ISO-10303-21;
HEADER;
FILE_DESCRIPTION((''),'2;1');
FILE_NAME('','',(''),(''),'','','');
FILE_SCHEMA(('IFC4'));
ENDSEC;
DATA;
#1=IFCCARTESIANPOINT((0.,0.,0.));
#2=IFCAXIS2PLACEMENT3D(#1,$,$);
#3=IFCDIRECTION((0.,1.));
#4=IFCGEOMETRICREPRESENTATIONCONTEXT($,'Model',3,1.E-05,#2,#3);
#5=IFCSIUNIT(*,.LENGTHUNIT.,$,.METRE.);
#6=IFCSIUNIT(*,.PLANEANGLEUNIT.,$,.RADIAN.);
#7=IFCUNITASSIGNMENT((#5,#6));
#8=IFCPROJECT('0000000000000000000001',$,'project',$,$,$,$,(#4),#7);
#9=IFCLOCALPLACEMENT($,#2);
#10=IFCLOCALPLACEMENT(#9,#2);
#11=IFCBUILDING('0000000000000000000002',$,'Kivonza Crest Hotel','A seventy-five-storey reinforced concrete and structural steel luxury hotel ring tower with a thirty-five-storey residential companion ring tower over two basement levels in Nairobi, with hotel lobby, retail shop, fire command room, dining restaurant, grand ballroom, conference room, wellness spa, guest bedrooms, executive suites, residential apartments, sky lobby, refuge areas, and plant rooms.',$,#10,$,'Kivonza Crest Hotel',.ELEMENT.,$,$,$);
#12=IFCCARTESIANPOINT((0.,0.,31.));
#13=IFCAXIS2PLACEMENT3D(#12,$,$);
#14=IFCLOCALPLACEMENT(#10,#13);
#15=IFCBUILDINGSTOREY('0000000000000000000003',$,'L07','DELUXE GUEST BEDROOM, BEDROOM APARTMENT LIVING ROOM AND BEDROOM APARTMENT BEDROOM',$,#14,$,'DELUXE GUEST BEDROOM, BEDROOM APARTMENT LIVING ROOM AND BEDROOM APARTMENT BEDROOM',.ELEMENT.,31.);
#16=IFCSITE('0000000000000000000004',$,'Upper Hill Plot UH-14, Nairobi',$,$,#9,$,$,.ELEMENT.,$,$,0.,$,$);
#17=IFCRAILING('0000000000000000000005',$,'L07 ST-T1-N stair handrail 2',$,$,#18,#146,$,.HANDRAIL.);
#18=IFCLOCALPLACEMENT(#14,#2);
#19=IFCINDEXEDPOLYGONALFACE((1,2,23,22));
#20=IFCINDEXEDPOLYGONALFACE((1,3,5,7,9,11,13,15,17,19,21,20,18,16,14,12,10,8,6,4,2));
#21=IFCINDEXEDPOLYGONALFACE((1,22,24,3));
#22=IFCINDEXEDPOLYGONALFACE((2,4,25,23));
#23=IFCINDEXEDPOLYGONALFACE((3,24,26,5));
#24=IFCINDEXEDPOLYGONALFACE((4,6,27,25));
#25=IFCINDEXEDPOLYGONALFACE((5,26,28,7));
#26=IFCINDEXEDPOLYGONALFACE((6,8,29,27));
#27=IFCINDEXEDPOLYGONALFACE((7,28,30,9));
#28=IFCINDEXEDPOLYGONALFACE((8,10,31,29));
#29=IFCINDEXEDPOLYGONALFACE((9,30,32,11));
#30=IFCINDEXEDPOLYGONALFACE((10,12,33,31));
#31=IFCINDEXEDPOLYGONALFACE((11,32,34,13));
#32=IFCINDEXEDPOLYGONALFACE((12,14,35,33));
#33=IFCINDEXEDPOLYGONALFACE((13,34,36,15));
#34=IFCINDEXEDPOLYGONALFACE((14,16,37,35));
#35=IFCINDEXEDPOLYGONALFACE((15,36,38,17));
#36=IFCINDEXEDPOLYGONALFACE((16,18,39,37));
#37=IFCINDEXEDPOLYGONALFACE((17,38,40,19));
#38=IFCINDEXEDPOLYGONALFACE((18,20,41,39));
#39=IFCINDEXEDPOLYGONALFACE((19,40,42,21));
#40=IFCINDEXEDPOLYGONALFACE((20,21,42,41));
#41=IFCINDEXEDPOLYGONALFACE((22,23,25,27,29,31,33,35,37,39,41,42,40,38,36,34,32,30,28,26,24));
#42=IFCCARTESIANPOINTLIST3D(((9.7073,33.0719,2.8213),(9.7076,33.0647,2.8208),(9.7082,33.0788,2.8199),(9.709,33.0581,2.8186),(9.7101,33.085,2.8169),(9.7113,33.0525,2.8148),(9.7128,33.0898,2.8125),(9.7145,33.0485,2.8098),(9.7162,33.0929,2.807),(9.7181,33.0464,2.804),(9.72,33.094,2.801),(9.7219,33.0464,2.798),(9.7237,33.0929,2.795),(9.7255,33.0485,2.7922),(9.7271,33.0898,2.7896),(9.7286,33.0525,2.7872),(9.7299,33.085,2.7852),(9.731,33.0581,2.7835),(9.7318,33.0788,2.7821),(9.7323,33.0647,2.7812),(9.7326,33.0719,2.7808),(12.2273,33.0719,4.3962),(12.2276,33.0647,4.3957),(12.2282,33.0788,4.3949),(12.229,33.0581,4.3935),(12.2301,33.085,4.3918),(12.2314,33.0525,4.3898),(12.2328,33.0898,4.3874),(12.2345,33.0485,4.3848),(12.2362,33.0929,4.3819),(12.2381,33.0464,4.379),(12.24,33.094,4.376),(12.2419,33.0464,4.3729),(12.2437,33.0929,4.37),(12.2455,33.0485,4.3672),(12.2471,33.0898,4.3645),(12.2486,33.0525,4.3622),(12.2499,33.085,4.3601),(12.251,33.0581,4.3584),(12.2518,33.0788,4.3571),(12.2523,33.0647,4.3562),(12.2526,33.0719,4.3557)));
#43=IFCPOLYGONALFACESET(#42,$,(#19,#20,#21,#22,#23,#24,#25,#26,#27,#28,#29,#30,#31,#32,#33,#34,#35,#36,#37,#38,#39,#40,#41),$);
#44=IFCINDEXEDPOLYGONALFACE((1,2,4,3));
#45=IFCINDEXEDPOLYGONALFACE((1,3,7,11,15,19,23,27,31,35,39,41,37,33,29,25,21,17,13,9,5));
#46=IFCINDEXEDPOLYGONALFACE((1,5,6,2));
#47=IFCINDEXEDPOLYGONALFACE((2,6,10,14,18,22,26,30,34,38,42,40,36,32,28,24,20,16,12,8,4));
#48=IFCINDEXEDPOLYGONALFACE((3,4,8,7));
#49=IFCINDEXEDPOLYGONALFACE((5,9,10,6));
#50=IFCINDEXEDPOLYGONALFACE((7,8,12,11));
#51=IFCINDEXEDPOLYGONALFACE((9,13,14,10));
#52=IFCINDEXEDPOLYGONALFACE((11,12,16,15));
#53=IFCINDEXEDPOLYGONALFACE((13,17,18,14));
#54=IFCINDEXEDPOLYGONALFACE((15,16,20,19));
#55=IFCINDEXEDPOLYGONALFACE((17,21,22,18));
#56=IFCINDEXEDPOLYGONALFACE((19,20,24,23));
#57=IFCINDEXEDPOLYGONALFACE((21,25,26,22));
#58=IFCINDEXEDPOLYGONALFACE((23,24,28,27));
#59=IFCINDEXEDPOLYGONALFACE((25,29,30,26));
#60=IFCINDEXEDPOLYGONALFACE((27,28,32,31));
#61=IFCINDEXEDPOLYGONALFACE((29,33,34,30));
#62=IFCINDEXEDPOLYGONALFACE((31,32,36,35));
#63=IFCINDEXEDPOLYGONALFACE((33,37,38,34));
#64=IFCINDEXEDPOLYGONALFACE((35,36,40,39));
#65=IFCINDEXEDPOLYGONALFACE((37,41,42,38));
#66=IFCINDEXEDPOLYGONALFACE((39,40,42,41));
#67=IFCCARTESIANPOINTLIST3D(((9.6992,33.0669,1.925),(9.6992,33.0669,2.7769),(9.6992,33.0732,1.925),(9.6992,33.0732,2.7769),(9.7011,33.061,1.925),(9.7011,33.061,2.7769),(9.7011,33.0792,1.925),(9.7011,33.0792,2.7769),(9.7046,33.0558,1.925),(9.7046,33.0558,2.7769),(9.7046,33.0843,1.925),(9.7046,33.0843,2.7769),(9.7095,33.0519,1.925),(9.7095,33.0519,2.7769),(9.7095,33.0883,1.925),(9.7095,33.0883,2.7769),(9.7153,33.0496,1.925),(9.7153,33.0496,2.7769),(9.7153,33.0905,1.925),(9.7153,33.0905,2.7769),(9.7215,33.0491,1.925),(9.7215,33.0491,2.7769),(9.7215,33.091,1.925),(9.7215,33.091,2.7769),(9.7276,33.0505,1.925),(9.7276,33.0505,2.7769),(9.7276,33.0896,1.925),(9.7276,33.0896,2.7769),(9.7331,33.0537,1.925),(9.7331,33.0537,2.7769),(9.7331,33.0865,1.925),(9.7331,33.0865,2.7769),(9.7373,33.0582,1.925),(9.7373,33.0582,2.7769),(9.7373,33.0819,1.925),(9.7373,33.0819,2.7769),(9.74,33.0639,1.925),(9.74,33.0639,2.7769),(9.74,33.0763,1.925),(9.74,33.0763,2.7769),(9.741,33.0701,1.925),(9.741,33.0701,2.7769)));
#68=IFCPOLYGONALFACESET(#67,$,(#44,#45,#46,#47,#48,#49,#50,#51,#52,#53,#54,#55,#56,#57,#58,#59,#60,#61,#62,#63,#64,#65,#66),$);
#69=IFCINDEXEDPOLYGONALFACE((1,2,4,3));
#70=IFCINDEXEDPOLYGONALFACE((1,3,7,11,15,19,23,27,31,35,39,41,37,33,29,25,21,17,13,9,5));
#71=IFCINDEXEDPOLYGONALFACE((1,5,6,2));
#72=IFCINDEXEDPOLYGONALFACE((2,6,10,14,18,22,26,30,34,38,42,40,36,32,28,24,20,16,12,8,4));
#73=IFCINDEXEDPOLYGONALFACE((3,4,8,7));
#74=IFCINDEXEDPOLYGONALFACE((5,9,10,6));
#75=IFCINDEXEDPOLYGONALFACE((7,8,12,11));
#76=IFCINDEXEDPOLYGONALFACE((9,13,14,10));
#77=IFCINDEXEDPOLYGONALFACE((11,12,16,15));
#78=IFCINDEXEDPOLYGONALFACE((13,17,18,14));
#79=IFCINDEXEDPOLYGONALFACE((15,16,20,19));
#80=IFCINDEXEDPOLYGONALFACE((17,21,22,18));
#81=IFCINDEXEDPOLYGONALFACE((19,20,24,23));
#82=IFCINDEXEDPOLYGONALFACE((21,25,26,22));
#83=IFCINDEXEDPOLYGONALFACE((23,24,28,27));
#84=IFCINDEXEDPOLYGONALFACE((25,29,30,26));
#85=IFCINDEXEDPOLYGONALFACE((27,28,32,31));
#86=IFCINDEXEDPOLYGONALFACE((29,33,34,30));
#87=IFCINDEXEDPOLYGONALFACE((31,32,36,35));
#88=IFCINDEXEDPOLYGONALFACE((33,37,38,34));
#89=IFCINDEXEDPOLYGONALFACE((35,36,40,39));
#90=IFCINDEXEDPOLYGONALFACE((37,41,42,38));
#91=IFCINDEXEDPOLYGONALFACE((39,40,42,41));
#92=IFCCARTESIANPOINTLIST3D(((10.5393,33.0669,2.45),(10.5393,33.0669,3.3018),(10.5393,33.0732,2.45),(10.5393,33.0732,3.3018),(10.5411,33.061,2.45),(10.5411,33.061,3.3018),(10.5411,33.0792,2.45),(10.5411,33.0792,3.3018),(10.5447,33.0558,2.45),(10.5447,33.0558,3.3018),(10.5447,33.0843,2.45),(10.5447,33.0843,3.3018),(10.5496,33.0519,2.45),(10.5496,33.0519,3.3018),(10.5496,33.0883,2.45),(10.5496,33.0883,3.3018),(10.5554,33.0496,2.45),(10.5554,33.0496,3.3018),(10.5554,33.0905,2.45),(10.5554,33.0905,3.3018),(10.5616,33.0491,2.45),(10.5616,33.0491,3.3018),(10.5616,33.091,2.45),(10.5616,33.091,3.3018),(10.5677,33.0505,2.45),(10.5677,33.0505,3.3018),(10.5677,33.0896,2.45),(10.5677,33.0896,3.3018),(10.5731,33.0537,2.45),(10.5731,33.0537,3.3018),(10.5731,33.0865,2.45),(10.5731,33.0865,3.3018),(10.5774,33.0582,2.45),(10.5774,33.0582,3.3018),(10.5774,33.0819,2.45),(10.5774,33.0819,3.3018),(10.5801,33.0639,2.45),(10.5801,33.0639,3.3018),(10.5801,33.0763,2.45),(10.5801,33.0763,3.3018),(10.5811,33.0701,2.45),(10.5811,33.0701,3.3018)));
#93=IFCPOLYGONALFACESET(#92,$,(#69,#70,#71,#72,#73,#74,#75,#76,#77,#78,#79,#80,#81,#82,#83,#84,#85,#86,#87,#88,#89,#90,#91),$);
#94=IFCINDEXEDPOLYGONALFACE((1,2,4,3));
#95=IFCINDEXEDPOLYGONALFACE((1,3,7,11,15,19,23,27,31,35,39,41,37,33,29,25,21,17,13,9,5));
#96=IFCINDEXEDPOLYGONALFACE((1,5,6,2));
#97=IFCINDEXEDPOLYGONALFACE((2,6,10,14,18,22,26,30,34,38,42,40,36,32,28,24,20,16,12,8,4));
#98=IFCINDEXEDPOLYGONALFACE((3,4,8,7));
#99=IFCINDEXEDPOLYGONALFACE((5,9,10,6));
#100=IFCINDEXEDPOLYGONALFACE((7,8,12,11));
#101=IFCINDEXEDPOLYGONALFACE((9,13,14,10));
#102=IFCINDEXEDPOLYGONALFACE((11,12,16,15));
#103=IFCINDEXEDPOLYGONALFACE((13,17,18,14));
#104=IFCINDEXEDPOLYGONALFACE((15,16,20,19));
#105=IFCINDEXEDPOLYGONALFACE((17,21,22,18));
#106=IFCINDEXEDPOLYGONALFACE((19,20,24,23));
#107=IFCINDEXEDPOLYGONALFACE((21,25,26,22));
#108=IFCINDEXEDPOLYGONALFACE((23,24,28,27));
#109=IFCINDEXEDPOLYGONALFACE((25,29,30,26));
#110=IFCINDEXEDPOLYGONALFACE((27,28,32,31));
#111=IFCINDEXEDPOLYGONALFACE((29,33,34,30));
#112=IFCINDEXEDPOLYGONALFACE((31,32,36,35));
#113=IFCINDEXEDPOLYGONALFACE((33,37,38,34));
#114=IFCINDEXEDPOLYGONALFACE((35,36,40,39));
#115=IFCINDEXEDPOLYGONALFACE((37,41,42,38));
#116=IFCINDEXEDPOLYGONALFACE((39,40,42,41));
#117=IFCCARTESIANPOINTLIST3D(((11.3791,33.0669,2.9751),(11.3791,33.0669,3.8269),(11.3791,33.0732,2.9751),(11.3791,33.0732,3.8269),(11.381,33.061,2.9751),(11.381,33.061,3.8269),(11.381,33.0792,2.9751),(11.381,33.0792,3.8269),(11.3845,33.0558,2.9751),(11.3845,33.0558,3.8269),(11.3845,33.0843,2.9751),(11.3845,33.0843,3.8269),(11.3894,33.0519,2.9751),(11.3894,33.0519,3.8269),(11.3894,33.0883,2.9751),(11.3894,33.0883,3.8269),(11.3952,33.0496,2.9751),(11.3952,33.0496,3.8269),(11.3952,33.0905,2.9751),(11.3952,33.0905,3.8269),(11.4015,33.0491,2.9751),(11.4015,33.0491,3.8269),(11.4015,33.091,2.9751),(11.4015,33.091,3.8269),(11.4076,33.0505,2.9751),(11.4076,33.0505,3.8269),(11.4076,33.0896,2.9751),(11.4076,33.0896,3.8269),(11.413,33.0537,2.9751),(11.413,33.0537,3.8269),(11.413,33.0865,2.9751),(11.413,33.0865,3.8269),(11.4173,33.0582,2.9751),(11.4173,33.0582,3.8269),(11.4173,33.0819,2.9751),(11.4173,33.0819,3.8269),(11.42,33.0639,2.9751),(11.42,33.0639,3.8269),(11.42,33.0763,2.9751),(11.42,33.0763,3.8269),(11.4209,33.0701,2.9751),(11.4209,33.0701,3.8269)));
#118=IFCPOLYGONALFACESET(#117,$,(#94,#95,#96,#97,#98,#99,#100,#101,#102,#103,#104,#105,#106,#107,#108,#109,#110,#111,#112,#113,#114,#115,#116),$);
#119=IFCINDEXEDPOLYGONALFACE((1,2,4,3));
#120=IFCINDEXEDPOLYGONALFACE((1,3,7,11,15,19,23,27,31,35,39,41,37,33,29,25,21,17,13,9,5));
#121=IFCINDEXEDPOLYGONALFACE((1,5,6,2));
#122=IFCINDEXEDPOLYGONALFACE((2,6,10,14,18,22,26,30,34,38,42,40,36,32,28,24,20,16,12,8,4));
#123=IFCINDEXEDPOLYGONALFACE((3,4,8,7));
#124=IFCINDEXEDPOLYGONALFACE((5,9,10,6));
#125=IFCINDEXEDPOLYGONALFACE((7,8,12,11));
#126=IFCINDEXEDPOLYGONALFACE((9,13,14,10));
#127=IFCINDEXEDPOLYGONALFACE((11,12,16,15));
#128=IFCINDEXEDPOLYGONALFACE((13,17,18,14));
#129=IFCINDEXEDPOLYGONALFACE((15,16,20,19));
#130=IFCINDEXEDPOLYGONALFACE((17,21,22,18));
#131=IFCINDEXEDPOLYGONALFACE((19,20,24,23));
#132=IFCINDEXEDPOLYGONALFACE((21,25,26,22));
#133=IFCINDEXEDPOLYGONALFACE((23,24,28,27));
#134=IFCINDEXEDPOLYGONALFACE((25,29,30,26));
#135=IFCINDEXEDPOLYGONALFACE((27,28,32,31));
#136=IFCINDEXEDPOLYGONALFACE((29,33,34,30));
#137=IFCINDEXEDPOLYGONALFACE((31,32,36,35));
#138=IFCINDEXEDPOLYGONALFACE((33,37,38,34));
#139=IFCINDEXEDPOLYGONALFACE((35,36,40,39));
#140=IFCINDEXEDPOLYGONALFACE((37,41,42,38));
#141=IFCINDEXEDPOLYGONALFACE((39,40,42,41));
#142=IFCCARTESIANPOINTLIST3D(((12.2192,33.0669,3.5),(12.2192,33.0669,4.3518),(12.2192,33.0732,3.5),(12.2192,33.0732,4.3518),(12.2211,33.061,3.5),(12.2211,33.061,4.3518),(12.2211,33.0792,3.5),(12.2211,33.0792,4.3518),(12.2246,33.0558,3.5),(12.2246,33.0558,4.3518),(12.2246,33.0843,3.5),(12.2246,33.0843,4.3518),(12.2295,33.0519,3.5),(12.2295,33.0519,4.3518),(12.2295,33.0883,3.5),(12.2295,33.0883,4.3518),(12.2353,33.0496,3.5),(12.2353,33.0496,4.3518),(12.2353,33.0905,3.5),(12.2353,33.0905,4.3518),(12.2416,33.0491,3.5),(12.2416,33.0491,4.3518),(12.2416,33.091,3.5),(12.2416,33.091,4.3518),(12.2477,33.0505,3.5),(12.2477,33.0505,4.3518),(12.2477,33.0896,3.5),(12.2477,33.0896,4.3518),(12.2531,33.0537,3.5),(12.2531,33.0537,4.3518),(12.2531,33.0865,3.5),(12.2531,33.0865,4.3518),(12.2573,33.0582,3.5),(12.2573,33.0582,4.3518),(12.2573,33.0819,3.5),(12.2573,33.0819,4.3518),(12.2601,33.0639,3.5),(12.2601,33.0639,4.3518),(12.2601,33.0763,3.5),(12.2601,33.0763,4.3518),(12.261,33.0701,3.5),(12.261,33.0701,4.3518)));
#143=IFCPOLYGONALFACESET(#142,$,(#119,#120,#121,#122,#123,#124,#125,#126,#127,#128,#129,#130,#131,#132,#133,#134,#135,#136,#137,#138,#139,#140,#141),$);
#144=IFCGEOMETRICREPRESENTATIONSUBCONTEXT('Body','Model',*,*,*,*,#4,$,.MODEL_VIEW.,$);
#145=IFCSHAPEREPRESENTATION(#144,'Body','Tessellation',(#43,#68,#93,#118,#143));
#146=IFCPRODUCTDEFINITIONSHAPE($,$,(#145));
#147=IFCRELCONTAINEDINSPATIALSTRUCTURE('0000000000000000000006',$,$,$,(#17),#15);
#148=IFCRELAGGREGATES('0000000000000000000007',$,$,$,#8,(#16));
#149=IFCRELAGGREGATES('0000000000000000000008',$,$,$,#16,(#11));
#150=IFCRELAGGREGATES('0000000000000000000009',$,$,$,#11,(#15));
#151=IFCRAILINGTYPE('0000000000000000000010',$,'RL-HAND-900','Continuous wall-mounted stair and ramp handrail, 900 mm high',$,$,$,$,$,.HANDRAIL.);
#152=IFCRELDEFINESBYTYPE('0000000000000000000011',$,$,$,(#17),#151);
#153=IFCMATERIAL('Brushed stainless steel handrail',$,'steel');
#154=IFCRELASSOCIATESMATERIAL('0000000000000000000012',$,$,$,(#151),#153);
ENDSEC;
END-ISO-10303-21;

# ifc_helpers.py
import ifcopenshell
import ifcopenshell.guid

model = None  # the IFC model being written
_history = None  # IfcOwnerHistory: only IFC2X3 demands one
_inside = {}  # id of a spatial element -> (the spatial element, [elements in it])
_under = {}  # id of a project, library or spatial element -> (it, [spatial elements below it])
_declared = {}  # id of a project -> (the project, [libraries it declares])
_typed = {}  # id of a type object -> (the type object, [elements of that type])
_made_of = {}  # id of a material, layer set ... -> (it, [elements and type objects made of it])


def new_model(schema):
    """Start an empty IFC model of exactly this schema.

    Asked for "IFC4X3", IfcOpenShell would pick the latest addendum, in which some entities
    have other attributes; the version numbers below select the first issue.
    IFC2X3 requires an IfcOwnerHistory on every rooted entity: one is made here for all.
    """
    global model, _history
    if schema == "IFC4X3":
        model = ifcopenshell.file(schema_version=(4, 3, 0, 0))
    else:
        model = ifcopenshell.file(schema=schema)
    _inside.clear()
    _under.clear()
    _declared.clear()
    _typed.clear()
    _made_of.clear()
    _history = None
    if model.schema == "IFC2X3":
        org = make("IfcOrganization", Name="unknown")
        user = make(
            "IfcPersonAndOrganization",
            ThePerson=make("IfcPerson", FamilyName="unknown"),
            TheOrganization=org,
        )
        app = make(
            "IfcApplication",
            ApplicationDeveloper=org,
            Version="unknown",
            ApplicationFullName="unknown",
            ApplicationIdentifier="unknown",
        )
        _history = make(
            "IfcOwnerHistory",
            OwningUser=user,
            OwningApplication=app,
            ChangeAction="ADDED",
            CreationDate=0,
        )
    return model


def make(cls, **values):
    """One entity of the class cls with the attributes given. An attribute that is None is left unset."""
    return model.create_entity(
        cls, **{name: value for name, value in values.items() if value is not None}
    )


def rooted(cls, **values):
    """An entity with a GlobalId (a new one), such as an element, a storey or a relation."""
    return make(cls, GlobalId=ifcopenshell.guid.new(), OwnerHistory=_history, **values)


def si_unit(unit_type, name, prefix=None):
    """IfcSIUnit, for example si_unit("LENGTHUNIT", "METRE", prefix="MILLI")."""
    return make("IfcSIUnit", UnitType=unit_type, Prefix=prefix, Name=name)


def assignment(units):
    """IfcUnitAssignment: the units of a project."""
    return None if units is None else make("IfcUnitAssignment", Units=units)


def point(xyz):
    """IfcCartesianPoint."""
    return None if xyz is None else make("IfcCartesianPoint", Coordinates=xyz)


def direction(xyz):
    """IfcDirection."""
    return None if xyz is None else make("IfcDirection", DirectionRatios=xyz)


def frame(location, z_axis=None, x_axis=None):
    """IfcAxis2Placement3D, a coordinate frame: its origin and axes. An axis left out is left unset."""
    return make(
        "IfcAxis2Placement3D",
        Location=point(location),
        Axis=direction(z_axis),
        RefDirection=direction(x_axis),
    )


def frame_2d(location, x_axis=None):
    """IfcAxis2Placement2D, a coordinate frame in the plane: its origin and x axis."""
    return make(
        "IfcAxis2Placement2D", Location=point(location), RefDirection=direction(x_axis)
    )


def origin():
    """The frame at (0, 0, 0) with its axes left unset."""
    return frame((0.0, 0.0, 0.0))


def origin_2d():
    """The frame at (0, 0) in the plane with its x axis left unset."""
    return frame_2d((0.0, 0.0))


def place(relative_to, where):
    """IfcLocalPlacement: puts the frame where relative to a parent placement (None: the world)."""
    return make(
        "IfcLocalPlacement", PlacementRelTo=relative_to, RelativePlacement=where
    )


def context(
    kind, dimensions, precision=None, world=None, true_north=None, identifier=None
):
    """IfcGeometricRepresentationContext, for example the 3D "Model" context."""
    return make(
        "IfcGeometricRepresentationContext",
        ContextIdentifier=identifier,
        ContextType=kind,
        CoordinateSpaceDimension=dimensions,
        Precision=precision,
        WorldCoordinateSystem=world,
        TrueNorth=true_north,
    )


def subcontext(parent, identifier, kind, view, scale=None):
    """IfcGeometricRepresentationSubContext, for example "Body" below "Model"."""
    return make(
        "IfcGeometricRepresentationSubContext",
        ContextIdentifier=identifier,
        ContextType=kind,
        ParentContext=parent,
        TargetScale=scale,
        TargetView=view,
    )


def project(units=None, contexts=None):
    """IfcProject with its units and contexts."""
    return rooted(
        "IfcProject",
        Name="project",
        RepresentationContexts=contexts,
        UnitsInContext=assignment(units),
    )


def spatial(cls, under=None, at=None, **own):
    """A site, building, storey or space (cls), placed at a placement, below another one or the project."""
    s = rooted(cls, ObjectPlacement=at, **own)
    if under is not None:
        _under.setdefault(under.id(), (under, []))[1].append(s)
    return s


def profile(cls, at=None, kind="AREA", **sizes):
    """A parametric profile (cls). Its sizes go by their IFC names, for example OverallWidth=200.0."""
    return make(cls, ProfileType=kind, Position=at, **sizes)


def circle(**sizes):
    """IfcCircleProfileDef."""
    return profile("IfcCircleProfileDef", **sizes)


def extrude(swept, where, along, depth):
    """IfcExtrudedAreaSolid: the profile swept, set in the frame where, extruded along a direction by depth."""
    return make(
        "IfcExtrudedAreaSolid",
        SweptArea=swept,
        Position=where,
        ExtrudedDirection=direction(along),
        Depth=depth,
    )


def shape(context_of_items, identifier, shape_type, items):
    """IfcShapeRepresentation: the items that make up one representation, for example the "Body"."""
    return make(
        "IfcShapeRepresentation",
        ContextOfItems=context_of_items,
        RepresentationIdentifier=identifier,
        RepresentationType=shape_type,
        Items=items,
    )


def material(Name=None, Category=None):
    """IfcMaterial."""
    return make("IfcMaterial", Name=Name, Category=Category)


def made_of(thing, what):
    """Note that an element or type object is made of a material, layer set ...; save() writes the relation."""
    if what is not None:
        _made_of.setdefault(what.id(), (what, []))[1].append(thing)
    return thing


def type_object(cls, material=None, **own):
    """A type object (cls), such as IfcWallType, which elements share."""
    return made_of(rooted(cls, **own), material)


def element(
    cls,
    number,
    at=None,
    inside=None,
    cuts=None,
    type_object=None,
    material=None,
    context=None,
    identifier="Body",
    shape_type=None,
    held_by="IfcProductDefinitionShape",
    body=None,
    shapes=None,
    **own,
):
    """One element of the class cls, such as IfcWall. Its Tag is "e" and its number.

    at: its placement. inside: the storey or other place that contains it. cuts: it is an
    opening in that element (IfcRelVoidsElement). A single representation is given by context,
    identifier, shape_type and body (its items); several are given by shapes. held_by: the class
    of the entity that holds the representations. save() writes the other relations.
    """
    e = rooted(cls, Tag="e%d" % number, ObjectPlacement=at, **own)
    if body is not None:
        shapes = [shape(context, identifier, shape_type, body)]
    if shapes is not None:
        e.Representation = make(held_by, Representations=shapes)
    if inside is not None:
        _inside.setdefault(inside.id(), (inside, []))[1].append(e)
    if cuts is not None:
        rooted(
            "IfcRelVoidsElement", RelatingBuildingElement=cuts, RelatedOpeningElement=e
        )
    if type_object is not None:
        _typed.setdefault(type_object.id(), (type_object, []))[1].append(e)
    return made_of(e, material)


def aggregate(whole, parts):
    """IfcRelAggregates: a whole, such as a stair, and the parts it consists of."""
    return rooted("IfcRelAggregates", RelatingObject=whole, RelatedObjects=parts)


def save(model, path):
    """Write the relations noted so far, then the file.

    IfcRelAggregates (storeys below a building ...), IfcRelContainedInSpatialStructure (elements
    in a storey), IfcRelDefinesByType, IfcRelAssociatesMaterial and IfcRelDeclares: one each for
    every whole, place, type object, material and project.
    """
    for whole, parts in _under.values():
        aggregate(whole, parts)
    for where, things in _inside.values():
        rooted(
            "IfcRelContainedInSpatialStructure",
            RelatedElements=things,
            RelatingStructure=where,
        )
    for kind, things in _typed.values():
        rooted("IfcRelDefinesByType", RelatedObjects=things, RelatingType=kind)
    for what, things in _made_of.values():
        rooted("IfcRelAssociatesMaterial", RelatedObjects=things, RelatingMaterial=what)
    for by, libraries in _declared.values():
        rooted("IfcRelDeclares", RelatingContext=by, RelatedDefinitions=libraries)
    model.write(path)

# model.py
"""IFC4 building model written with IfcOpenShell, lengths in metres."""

from ifc_helpers import new_model, si_unit, direction, frame, origin, origin_2d, place, context, subcontext, project, spatial, circle, extrude, material, type_object, element, save


model = new_model("IFC4")

# Units and contexts
model_context = context("Model", 3, precision=1e-05, world=origin(), true_north=direction((0.0, 1.0)))
body_context = subcontext(model_context, "Body", "Model", "MODEL_VIEW")
ifc_project = project(units=[si_unit("LENGTHUNIT", "METRE"), si_unit("PLANEANGLEUNIT", "RADIAN")], contexts=[model_context])

# Site, building, storey
site_placement = place(None, origin())
site = spatial("IfcSite", under=ifc_project, at=site_placement, Name="Upper Hill Plot UH-14, Nairobi", CompositionType="ELEMENT", RefElevation=0.0)
building_placement = place(site_placement, origin())
building = spatial("IfcBuilding", under=site, at=building_placement, Name="Kivonza Crest Hotel", Description="A seventy-five-storey reinforced concrete and structural steel luxury hotel ring tower with a thirty-five-storey residential companion ring tower over two basement levels in Nairobi, with hotel lobby, retail shop, fire command room, dining restaurant, grand ballroom, conference room, wellness spa, guest bedrooms, executive suites, residential apartments, sky lobby, refuge areas, and plant rooms.", LongName="Kivonza Crest Hotel", CompositionType="ELEMENT")
storey_placement = place(building_placement, frame((0.0, 0.0, 31.0)))
storey = spatial("IfcBuildingStorey", under=building, at=storey_placement, Name="L07", Description="DELUXE GUEST BEDROOM, BEDROOM APARTMENT LIVING ROOM AND BEDROOM APARTMENT BEDROOM", LongName="DELUXE GUEST BEDROOM, BEDROOM APARTMENT LIVING ROOM AND BEDROOM APARTMENT BEDROOM", CompositionType="ELEMENT", Elevation=31.0)

# Railing
ifc_material_1 = material(Name="Brushed stainless steel handrail", Category="steel")
railing_type = type_object("IfcRailingType", Name="RL-HAND-900", Description="Continuous wall-mounted stair and ramp handrail, 900 mm high", PredefinedType="HANDRAIL", material=ifc_material_1)
railing_placement = place(storey_placement, frame((9.72, 33.0701, 1.925)))
element("IfcRailing", 1, at=railing_placement, inside=storey, type_object=railing_type, Name="L07 ST-T1-N stair handrail 2", PredefinedType="HANDRAIL", context=body_context, shape_type="SweptSolid", body=[
    extrude(circle(Radius=0.0239, at=origin_2d()), frame((0.0, 0.0, 0.876), z_axis=(0.848008, 0.0, 0.529984), x_axis=(0.0, 1.0, 0.0)), (0.0, 0.0, 1.0), 2.9717),
    extrude(circle(Radius=0.021, at=origin_2d()), origin(), (0.0, 0.0, 1.0), 0.8518),
    extrude(circle(Radius=0.021, at=origin_2d()), frame((0.8401, 0.0, 0.5249)), (0.0, 0.0, 1.0), 0.8518),
    extrude(circle(Radius=0.021, at=origin_2d()), frame((1.6799, 0.0, 1.05)), (0.0, 0.0, 1.0), 0.8518),
    extrude(circle(Radius=0.021, at=origin_2d()), frame((2.52, 0.0, 1.575)), (0.0, 0.0, 1.0), 0.8518),
])

save(model, "model.ifc")
